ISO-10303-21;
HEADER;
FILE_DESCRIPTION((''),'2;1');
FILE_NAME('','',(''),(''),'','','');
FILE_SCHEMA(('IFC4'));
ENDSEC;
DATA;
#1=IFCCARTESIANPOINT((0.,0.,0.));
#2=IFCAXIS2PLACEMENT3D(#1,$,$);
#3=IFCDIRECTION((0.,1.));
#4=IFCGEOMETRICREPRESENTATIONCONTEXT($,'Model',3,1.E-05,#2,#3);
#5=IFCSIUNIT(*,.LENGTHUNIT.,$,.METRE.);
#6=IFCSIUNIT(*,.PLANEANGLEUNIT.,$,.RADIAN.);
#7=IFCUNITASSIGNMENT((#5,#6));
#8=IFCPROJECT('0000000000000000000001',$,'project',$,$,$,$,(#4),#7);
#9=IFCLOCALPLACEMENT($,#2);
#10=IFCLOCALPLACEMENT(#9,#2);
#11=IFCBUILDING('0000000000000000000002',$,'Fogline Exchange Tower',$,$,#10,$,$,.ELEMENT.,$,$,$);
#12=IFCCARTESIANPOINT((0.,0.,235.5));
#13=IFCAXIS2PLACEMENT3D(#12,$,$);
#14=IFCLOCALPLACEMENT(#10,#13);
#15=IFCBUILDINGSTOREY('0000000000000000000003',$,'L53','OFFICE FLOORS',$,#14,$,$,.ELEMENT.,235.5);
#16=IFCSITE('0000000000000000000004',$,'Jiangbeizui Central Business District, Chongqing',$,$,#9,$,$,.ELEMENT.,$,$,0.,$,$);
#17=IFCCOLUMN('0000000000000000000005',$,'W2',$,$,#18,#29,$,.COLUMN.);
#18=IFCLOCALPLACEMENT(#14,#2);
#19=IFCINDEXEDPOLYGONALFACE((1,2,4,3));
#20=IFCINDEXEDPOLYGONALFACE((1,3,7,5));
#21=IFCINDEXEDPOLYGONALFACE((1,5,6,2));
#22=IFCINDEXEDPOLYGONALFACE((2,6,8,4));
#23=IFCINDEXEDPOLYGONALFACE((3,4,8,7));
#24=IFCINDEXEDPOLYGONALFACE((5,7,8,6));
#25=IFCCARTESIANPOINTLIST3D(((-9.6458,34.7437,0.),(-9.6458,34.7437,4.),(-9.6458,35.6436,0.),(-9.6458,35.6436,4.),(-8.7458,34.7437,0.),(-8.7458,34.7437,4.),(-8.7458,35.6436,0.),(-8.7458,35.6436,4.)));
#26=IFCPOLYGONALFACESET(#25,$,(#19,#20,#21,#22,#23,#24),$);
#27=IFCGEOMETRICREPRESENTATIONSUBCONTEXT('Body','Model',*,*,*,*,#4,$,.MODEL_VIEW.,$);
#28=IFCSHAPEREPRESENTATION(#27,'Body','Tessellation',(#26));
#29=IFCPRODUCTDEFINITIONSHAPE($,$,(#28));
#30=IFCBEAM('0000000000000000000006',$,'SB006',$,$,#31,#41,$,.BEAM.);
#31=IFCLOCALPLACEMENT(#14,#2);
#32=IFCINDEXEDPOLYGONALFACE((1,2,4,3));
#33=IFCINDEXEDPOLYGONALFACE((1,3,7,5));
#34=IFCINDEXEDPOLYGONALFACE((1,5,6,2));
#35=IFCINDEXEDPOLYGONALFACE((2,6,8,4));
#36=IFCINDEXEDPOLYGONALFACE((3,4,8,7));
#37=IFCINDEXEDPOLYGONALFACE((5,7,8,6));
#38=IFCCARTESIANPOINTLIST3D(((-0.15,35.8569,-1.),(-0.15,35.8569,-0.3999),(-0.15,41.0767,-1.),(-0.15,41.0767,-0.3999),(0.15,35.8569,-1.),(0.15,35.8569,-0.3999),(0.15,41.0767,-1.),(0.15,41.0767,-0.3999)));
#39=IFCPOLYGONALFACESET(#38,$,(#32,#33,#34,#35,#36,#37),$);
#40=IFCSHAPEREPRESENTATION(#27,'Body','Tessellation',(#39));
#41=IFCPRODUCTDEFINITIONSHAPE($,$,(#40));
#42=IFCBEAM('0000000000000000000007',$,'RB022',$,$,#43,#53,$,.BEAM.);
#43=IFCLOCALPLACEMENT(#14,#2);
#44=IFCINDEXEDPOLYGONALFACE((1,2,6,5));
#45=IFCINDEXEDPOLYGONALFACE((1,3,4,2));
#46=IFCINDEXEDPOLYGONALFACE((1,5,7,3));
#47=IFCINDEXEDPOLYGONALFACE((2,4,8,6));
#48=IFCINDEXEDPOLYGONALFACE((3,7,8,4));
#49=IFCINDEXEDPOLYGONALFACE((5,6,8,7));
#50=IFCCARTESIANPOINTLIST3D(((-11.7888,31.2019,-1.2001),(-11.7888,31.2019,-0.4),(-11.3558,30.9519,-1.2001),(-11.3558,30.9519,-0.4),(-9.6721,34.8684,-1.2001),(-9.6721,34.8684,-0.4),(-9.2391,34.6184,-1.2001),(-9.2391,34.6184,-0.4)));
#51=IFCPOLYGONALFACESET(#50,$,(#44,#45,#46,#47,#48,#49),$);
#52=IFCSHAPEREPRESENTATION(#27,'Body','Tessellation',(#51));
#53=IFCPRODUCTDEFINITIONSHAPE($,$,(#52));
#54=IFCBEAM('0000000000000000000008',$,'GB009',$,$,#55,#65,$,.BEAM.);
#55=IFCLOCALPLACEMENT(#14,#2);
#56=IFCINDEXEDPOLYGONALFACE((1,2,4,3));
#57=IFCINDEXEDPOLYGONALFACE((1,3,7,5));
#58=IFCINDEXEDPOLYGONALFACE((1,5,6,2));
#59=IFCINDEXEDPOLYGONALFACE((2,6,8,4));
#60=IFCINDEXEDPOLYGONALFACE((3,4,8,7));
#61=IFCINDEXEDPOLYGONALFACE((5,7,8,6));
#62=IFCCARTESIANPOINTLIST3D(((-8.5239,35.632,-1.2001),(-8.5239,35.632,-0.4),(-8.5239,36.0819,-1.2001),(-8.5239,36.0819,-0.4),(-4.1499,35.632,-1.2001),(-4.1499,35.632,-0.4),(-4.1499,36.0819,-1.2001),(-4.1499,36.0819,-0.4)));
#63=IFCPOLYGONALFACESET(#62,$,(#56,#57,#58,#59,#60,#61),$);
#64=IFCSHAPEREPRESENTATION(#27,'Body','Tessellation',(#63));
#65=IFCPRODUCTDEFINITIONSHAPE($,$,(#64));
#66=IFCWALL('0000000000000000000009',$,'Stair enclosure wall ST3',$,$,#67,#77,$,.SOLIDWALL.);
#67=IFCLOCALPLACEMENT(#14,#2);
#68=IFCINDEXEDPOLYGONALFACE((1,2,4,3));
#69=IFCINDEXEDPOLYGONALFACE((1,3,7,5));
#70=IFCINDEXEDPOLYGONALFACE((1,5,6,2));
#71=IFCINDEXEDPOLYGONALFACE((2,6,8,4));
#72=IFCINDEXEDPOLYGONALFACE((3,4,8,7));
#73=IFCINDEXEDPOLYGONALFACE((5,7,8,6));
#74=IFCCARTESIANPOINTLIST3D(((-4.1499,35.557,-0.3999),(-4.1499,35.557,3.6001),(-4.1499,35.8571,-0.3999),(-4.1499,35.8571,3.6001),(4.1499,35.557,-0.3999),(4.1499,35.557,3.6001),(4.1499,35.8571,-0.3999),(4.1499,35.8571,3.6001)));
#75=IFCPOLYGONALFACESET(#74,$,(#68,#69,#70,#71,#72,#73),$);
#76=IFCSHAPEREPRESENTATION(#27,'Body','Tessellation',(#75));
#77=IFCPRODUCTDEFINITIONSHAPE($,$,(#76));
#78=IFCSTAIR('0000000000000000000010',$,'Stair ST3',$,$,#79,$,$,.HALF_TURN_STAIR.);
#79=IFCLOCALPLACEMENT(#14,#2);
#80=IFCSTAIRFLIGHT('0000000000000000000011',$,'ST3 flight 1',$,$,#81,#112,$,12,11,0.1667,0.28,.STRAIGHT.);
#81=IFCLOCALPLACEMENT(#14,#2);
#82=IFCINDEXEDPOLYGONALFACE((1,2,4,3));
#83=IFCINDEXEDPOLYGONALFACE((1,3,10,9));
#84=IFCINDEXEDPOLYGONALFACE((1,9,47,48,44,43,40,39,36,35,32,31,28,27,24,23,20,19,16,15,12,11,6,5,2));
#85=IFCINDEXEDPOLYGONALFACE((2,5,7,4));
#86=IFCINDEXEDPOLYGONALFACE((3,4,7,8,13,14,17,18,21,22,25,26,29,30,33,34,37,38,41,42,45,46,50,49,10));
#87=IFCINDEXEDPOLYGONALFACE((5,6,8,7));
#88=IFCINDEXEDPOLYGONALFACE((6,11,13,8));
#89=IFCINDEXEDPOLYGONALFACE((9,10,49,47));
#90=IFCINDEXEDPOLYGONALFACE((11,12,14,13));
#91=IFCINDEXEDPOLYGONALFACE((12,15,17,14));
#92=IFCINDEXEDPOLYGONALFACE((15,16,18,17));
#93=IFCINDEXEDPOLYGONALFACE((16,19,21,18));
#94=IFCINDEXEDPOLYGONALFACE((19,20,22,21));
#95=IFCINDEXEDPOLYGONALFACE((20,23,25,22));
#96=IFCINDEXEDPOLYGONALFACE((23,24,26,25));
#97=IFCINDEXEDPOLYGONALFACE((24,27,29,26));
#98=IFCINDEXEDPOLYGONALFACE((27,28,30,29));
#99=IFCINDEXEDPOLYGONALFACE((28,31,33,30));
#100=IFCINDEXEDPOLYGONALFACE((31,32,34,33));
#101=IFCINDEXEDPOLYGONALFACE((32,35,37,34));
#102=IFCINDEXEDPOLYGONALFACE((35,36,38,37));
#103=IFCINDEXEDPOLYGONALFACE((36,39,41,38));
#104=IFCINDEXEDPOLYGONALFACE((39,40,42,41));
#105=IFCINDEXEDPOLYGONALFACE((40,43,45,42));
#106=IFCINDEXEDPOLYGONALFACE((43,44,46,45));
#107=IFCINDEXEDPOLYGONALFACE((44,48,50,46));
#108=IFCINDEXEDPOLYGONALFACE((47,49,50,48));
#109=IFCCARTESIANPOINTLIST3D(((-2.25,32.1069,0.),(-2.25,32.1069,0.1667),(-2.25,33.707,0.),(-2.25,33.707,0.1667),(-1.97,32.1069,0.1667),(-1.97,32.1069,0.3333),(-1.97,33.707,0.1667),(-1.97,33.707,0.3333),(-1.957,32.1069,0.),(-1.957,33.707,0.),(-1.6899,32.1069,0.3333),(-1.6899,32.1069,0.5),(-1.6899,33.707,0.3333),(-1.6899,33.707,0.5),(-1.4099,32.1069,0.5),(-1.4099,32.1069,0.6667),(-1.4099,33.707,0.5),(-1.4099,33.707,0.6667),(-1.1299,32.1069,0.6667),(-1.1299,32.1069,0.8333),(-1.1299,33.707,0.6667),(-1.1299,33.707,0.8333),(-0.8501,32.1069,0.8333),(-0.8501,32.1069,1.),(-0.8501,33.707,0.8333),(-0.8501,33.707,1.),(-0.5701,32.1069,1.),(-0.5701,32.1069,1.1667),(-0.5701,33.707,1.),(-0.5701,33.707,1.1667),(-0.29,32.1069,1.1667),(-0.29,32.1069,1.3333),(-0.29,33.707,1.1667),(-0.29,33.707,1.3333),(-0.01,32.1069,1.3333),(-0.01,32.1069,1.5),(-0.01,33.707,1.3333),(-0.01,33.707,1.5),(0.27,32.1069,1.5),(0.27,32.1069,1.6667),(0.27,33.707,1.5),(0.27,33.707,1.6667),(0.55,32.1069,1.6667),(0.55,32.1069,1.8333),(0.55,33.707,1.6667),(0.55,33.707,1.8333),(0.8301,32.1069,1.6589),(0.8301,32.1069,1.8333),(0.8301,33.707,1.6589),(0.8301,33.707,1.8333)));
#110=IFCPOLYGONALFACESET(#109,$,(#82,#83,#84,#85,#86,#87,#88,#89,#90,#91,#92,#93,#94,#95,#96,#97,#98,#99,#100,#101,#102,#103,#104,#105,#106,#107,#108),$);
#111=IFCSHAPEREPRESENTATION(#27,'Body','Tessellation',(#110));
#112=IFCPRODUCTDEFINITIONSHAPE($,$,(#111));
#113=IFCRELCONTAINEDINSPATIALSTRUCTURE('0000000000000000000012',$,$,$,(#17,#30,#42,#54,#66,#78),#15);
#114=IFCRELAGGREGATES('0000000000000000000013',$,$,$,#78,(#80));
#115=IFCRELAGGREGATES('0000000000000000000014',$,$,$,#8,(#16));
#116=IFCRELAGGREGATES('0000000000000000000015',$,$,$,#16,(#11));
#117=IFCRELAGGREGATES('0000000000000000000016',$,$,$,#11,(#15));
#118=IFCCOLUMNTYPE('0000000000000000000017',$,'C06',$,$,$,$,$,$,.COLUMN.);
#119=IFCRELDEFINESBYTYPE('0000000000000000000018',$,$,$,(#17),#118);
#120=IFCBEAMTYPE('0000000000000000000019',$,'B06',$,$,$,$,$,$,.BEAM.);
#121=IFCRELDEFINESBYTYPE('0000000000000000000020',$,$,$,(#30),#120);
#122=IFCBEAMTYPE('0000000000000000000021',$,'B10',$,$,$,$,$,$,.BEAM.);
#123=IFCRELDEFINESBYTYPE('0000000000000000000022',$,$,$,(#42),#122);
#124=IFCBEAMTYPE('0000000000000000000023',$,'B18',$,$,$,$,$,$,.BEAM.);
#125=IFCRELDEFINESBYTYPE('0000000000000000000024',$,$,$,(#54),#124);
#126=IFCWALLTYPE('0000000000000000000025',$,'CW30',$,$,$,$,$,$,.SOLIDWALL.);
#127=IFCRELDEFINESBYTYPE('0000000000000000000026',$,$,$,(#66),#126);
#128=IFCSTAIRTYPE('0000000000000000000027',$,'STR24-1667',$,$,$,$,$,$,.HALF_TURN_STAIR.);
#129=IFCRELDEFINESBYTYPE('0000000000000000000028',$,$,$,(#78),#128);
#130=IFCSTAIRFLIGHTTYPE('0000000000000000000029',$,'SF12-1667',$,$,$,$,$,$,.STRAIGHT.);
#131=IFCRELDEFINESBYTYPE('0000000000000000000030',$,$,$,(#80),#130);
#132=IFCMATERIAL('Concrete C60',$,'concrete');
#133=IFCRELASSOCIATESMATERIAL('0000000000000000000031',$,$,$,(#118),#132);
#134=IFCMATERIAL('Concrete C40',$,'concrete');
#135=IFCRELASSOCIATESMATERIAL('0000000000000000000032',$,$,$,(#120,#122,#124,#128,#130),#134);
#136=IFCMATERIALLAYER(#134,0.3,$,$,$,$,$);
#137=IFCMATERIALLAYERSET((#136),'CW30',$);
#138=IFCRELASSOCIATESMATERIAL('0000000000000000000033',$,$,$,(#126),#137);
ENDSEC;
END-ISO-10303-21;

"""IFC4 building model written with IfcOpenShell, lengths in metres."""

from ifc_helpers import new_model, si_unit, direction, frame, frame_2d, origin, origin_2d, place, context, subcontext, project, spatial, polyline, rectangle, outline, extrude, material, layer, layer_set, material_profile, profile_set, type_object, element, aggregate, save


model = new_model("IFC4")

# Units and contexts
model_context = context("Model", 3, precision=1e-05, world=origin(), true_north=direction((0.0, 1.0)))
body_context = subcontext(model_context, "Body", "Model", "MODEL_VIEW")
ifc_project = project(units=[si_unit("LENGTHUNIT", "METRE"), si_unit("PLANEANGLEUNIT", "RADIAN")], contexts=[model_context])

# Site, building, storey
site_placement = place(None, origin())
site = spatial("IfcSite", under=ifc_project, at=site_placement, Name="Jiangbeizui Central Business District, Chongqing", CompositionType="ELEMENT", RefElevation=0.0)
building_placement = place(site_placement, origin())
building = spatial("IfcBuilding", under=site, at=building_placement, Name="Fogline Exchange Tower", CompositionType="ELEMENT")
storey_placement = place(building_placement, frame((0.0, 0.0, 235.5)))
storey = spatial("IfcBuildingStorey", under=building, at=storey_placement, Name="L53", Description="OFFICE FLOORS", CompositionType="ELEMENT", Elevation=235.5)

# Column
ifc_material_1 = material(Name="Concrete C60", Category="concrete")
ifc_material_profile_1 = material_profile(ifc_material_1, rectangle(XDim=0.8999, YDim=0.8999, at=origin_2d()), Name="RC 900x900")
ifc_profile_set_1 = profile_set([ifc_material_profile_1], Name="Concrete C60")
column_type = type_object("IfcColumnType", Name="C06", PredefinedType="COLUMN", material=ifc_profile_set_1)
column_placement = place(storey_placement, frame((-9.1958, 35.1936, 0.0), z_axis=(0.0, 0.0, 1.0), x_axis=(1.0, 0.0, 0.0)))
element("IfcColumn", 1, at=column_placement, inside=storey, type_object=column_type, Name="W2", PredefinedType="COLUMN", context=body_context, shape_type="SweptSolid", body=[
    extrude(rectangle(XDim=0.8999, YDim=0.8999, at=origin_2d()), origin(), (0.0, 0.0, 1.0), 4.0),
])

# Beams
ifc_material_2 = material(Name="Concrete C40", Category="concrete")
ifc_material_profile_2 = material_profile(ifc_material_2, rectangle(XDim=0.3, YDim=0.6001, at=origin_2d()), Name="RC 300x600")
ifc_profile_set_2 = profile_set([ifc_material_profile_2], Name="Concrete C40")
beam_type_1 = type_object("IfcBeamType", Name="B06", PredefinedType="BEAM", material=ifc_profile_set_2)
beam_1_placement = place(storey_placement, frame((0.0, 35.8569, -0.7), z_axis=(0.0, 1.0, 0.0), x_axis=(-1.0, 0.0, 0.0)))
element("IfcBeam", 2, at=beam_1_placement, inside=storey, type_object=beam_type_1, Name="SB006", PredefinedType="BEAM", context=body_context, shape_type="SweptSolid", body=[
    extrude(rectangle(XDim=0.3, YDim=0.6001, at=origin_2d()), origin(), (0.0, 0.0, 1.0), 5.2197),
])
ifc_material_profile_3 = material_profile(ifc_material_2, rectangle(XDim=0.5, YDim=0.8, at=origin_2d()), Name="RC 500x800")
ifc_profile_set_3 = profile_set([ifc_material_profile_3], Name="Concrete C40")
beam_type_2 = type_object("IfcBeamType", Name="B10", PredefinedType="BEAM", material=ifc_profile_set_3)
beam_2_placement = place(storey_placement, frame((-9.4556, 34.7434, -0.8), z_axis=(-0.499972, -0.866042, 0.0), x_axis=(0.866042, -0.499972, 0.0)))
element("IfcBeam", 3, at=beam_2_placement, inside=storey, type_object=beam_type_2, Name="RB022", PredefinedType="BEAM", context=body_context, shape_type="SweptSolid", body=[
    extrude(rectangle(XDim=0.5, YDim=0.8, at=origin_2d()), origin(), (0.0, 0.0, 1.0), 4.2336),
])
ifc_material_profile_4 = material_profile(ifc_material_2, rectangle(XDim=0.45, YDim=0.8, at=origin_2d()), Name="RC 450x800")
ifc_profile_set_4 = profile_set([ifc_material_profile_4], Name="Concrete C40")
beam_type_3 = type_object("IfcBeamType", Name="B18", PredefinedType="BEAM", material=ifc_profile_set_4)
beam_3_placement = place(storey_placement, frame((-8.5239, 35.8569, -0.8), z_axis=(1.0, 0.0, 0.0), x_axis=(0.0, 1.0, 0.0)))
element("IfcBeam", 4, at=beam_3_placement, inside=storey, type_object=beam_type_3, Name="GB009", PredefinedType="BEAM", context=body_context, shape_type="SweptSolid", body=[
    extrude(rectangle(XDim=0.45, YDim=0.8, at=origin_2d()), origin(), (0.0, 0.0, 1.0), 4.374),
])

# Wall
ifc_layer = layer(ifc_material_2, 0.3)
ifc_layer_set = layer_set([ifc_layer], Name="CW30")
wall_type = type_object("IfcWallType", Name="CW30", PredefinedType="SOLIDWALL", material=ifc_layer_set)
wall_placement = place(storey_placement, frame((-4.1499, 35.707, -0.3999), z_axis=(0.0, 0.0, 1.0), x_axis=(1.0, 0.0, 0.0)))
element("IfcWall", 5, at=wall_placement, inside=storey, type_object=wall_type, Name="Stair enclosure wall ST3", PredefinedType="SOLIDWALL", context=body_context, shape_type="SweptSolid", body=[
    extrude(rectangle(XDim=8.2998, YDim=0.3, at=frame_2d((4.1499, 0.0))), origin(), (0.0, 0.0, 1.0), 4.0),
])

# Stair, stair flight
stair_type = type_object("IfcStairType", Name="STR24-1667", PredefinedType="HALF_TURN_STAIR", material=ifc_material_2)
stair_placement = place(storey_placement, origin())
stair = element("IfcStair", 6, at=stair_placement, inside=storey, type_object=stair_type, Name="Stair ST3", PredefinedType="HALF_TURN_STAIR")
stair_flight_type = type_object("IfcStairFlightType", Name="SF12-1667", PredefinedType="STRAIGHT", material=ifc_material_2)
stair_flight_placement = place(storey_placement, frame((-2.25, 32.907, 0.0), z_axis=(0.0, 0.0, 1.0), x_axis=(1.0, 0.0, 0.0)))
stair_flight = element("IfcStairFlight", 7, at=stair_flight_placement, type_object=stair_flight_type, Name="ST3 flight 1", NumberOfRisers=12, NumberOfTreads=11, PredefinedType="STRAIGHT", RiserHeight=0.1667, TreadLength=0.28, context=body_context, shape_type="SweptSolid", body=[
    extrude(outline(polyline([(0.0, 0.0), (0.0, 0.1667), (0.28, 0.1667), (0.28, 0.3333), (0.5601, 0.3333), (0.5601, 0.5), (0.8401, 0.5), (0.8401, 0.6667), (1.1201, 0.6667), (1.1201, 0.8333), (1.3999, 0.8333), (1.3999, 1.0), (1.6799, 1.0), (1.6799, 1.1667), (1.96, 1.1667), (1.96, 1.3333), (2.24, 1.3333), (2.24, 1.5), (2.52, 1.5), (2.52, 1.6667), (2.8, 1.6667), (2.8, 1.8333), (3.0801, 1.8333), (3.0801, 2.0), (3.0801, 1.6589), (0.293, 0.0), (0.0, 0.0)])), frame((0.0, 0.8, 0.0), z_axis=(0.0, -1.0, 0.0), x_axis=(1.0, 0.0, 0.0)), (0.0, 0.0, 1.0), 1.6001),
])
aggregate(stair, [stair_flight])

save(model, "model.ifc")
